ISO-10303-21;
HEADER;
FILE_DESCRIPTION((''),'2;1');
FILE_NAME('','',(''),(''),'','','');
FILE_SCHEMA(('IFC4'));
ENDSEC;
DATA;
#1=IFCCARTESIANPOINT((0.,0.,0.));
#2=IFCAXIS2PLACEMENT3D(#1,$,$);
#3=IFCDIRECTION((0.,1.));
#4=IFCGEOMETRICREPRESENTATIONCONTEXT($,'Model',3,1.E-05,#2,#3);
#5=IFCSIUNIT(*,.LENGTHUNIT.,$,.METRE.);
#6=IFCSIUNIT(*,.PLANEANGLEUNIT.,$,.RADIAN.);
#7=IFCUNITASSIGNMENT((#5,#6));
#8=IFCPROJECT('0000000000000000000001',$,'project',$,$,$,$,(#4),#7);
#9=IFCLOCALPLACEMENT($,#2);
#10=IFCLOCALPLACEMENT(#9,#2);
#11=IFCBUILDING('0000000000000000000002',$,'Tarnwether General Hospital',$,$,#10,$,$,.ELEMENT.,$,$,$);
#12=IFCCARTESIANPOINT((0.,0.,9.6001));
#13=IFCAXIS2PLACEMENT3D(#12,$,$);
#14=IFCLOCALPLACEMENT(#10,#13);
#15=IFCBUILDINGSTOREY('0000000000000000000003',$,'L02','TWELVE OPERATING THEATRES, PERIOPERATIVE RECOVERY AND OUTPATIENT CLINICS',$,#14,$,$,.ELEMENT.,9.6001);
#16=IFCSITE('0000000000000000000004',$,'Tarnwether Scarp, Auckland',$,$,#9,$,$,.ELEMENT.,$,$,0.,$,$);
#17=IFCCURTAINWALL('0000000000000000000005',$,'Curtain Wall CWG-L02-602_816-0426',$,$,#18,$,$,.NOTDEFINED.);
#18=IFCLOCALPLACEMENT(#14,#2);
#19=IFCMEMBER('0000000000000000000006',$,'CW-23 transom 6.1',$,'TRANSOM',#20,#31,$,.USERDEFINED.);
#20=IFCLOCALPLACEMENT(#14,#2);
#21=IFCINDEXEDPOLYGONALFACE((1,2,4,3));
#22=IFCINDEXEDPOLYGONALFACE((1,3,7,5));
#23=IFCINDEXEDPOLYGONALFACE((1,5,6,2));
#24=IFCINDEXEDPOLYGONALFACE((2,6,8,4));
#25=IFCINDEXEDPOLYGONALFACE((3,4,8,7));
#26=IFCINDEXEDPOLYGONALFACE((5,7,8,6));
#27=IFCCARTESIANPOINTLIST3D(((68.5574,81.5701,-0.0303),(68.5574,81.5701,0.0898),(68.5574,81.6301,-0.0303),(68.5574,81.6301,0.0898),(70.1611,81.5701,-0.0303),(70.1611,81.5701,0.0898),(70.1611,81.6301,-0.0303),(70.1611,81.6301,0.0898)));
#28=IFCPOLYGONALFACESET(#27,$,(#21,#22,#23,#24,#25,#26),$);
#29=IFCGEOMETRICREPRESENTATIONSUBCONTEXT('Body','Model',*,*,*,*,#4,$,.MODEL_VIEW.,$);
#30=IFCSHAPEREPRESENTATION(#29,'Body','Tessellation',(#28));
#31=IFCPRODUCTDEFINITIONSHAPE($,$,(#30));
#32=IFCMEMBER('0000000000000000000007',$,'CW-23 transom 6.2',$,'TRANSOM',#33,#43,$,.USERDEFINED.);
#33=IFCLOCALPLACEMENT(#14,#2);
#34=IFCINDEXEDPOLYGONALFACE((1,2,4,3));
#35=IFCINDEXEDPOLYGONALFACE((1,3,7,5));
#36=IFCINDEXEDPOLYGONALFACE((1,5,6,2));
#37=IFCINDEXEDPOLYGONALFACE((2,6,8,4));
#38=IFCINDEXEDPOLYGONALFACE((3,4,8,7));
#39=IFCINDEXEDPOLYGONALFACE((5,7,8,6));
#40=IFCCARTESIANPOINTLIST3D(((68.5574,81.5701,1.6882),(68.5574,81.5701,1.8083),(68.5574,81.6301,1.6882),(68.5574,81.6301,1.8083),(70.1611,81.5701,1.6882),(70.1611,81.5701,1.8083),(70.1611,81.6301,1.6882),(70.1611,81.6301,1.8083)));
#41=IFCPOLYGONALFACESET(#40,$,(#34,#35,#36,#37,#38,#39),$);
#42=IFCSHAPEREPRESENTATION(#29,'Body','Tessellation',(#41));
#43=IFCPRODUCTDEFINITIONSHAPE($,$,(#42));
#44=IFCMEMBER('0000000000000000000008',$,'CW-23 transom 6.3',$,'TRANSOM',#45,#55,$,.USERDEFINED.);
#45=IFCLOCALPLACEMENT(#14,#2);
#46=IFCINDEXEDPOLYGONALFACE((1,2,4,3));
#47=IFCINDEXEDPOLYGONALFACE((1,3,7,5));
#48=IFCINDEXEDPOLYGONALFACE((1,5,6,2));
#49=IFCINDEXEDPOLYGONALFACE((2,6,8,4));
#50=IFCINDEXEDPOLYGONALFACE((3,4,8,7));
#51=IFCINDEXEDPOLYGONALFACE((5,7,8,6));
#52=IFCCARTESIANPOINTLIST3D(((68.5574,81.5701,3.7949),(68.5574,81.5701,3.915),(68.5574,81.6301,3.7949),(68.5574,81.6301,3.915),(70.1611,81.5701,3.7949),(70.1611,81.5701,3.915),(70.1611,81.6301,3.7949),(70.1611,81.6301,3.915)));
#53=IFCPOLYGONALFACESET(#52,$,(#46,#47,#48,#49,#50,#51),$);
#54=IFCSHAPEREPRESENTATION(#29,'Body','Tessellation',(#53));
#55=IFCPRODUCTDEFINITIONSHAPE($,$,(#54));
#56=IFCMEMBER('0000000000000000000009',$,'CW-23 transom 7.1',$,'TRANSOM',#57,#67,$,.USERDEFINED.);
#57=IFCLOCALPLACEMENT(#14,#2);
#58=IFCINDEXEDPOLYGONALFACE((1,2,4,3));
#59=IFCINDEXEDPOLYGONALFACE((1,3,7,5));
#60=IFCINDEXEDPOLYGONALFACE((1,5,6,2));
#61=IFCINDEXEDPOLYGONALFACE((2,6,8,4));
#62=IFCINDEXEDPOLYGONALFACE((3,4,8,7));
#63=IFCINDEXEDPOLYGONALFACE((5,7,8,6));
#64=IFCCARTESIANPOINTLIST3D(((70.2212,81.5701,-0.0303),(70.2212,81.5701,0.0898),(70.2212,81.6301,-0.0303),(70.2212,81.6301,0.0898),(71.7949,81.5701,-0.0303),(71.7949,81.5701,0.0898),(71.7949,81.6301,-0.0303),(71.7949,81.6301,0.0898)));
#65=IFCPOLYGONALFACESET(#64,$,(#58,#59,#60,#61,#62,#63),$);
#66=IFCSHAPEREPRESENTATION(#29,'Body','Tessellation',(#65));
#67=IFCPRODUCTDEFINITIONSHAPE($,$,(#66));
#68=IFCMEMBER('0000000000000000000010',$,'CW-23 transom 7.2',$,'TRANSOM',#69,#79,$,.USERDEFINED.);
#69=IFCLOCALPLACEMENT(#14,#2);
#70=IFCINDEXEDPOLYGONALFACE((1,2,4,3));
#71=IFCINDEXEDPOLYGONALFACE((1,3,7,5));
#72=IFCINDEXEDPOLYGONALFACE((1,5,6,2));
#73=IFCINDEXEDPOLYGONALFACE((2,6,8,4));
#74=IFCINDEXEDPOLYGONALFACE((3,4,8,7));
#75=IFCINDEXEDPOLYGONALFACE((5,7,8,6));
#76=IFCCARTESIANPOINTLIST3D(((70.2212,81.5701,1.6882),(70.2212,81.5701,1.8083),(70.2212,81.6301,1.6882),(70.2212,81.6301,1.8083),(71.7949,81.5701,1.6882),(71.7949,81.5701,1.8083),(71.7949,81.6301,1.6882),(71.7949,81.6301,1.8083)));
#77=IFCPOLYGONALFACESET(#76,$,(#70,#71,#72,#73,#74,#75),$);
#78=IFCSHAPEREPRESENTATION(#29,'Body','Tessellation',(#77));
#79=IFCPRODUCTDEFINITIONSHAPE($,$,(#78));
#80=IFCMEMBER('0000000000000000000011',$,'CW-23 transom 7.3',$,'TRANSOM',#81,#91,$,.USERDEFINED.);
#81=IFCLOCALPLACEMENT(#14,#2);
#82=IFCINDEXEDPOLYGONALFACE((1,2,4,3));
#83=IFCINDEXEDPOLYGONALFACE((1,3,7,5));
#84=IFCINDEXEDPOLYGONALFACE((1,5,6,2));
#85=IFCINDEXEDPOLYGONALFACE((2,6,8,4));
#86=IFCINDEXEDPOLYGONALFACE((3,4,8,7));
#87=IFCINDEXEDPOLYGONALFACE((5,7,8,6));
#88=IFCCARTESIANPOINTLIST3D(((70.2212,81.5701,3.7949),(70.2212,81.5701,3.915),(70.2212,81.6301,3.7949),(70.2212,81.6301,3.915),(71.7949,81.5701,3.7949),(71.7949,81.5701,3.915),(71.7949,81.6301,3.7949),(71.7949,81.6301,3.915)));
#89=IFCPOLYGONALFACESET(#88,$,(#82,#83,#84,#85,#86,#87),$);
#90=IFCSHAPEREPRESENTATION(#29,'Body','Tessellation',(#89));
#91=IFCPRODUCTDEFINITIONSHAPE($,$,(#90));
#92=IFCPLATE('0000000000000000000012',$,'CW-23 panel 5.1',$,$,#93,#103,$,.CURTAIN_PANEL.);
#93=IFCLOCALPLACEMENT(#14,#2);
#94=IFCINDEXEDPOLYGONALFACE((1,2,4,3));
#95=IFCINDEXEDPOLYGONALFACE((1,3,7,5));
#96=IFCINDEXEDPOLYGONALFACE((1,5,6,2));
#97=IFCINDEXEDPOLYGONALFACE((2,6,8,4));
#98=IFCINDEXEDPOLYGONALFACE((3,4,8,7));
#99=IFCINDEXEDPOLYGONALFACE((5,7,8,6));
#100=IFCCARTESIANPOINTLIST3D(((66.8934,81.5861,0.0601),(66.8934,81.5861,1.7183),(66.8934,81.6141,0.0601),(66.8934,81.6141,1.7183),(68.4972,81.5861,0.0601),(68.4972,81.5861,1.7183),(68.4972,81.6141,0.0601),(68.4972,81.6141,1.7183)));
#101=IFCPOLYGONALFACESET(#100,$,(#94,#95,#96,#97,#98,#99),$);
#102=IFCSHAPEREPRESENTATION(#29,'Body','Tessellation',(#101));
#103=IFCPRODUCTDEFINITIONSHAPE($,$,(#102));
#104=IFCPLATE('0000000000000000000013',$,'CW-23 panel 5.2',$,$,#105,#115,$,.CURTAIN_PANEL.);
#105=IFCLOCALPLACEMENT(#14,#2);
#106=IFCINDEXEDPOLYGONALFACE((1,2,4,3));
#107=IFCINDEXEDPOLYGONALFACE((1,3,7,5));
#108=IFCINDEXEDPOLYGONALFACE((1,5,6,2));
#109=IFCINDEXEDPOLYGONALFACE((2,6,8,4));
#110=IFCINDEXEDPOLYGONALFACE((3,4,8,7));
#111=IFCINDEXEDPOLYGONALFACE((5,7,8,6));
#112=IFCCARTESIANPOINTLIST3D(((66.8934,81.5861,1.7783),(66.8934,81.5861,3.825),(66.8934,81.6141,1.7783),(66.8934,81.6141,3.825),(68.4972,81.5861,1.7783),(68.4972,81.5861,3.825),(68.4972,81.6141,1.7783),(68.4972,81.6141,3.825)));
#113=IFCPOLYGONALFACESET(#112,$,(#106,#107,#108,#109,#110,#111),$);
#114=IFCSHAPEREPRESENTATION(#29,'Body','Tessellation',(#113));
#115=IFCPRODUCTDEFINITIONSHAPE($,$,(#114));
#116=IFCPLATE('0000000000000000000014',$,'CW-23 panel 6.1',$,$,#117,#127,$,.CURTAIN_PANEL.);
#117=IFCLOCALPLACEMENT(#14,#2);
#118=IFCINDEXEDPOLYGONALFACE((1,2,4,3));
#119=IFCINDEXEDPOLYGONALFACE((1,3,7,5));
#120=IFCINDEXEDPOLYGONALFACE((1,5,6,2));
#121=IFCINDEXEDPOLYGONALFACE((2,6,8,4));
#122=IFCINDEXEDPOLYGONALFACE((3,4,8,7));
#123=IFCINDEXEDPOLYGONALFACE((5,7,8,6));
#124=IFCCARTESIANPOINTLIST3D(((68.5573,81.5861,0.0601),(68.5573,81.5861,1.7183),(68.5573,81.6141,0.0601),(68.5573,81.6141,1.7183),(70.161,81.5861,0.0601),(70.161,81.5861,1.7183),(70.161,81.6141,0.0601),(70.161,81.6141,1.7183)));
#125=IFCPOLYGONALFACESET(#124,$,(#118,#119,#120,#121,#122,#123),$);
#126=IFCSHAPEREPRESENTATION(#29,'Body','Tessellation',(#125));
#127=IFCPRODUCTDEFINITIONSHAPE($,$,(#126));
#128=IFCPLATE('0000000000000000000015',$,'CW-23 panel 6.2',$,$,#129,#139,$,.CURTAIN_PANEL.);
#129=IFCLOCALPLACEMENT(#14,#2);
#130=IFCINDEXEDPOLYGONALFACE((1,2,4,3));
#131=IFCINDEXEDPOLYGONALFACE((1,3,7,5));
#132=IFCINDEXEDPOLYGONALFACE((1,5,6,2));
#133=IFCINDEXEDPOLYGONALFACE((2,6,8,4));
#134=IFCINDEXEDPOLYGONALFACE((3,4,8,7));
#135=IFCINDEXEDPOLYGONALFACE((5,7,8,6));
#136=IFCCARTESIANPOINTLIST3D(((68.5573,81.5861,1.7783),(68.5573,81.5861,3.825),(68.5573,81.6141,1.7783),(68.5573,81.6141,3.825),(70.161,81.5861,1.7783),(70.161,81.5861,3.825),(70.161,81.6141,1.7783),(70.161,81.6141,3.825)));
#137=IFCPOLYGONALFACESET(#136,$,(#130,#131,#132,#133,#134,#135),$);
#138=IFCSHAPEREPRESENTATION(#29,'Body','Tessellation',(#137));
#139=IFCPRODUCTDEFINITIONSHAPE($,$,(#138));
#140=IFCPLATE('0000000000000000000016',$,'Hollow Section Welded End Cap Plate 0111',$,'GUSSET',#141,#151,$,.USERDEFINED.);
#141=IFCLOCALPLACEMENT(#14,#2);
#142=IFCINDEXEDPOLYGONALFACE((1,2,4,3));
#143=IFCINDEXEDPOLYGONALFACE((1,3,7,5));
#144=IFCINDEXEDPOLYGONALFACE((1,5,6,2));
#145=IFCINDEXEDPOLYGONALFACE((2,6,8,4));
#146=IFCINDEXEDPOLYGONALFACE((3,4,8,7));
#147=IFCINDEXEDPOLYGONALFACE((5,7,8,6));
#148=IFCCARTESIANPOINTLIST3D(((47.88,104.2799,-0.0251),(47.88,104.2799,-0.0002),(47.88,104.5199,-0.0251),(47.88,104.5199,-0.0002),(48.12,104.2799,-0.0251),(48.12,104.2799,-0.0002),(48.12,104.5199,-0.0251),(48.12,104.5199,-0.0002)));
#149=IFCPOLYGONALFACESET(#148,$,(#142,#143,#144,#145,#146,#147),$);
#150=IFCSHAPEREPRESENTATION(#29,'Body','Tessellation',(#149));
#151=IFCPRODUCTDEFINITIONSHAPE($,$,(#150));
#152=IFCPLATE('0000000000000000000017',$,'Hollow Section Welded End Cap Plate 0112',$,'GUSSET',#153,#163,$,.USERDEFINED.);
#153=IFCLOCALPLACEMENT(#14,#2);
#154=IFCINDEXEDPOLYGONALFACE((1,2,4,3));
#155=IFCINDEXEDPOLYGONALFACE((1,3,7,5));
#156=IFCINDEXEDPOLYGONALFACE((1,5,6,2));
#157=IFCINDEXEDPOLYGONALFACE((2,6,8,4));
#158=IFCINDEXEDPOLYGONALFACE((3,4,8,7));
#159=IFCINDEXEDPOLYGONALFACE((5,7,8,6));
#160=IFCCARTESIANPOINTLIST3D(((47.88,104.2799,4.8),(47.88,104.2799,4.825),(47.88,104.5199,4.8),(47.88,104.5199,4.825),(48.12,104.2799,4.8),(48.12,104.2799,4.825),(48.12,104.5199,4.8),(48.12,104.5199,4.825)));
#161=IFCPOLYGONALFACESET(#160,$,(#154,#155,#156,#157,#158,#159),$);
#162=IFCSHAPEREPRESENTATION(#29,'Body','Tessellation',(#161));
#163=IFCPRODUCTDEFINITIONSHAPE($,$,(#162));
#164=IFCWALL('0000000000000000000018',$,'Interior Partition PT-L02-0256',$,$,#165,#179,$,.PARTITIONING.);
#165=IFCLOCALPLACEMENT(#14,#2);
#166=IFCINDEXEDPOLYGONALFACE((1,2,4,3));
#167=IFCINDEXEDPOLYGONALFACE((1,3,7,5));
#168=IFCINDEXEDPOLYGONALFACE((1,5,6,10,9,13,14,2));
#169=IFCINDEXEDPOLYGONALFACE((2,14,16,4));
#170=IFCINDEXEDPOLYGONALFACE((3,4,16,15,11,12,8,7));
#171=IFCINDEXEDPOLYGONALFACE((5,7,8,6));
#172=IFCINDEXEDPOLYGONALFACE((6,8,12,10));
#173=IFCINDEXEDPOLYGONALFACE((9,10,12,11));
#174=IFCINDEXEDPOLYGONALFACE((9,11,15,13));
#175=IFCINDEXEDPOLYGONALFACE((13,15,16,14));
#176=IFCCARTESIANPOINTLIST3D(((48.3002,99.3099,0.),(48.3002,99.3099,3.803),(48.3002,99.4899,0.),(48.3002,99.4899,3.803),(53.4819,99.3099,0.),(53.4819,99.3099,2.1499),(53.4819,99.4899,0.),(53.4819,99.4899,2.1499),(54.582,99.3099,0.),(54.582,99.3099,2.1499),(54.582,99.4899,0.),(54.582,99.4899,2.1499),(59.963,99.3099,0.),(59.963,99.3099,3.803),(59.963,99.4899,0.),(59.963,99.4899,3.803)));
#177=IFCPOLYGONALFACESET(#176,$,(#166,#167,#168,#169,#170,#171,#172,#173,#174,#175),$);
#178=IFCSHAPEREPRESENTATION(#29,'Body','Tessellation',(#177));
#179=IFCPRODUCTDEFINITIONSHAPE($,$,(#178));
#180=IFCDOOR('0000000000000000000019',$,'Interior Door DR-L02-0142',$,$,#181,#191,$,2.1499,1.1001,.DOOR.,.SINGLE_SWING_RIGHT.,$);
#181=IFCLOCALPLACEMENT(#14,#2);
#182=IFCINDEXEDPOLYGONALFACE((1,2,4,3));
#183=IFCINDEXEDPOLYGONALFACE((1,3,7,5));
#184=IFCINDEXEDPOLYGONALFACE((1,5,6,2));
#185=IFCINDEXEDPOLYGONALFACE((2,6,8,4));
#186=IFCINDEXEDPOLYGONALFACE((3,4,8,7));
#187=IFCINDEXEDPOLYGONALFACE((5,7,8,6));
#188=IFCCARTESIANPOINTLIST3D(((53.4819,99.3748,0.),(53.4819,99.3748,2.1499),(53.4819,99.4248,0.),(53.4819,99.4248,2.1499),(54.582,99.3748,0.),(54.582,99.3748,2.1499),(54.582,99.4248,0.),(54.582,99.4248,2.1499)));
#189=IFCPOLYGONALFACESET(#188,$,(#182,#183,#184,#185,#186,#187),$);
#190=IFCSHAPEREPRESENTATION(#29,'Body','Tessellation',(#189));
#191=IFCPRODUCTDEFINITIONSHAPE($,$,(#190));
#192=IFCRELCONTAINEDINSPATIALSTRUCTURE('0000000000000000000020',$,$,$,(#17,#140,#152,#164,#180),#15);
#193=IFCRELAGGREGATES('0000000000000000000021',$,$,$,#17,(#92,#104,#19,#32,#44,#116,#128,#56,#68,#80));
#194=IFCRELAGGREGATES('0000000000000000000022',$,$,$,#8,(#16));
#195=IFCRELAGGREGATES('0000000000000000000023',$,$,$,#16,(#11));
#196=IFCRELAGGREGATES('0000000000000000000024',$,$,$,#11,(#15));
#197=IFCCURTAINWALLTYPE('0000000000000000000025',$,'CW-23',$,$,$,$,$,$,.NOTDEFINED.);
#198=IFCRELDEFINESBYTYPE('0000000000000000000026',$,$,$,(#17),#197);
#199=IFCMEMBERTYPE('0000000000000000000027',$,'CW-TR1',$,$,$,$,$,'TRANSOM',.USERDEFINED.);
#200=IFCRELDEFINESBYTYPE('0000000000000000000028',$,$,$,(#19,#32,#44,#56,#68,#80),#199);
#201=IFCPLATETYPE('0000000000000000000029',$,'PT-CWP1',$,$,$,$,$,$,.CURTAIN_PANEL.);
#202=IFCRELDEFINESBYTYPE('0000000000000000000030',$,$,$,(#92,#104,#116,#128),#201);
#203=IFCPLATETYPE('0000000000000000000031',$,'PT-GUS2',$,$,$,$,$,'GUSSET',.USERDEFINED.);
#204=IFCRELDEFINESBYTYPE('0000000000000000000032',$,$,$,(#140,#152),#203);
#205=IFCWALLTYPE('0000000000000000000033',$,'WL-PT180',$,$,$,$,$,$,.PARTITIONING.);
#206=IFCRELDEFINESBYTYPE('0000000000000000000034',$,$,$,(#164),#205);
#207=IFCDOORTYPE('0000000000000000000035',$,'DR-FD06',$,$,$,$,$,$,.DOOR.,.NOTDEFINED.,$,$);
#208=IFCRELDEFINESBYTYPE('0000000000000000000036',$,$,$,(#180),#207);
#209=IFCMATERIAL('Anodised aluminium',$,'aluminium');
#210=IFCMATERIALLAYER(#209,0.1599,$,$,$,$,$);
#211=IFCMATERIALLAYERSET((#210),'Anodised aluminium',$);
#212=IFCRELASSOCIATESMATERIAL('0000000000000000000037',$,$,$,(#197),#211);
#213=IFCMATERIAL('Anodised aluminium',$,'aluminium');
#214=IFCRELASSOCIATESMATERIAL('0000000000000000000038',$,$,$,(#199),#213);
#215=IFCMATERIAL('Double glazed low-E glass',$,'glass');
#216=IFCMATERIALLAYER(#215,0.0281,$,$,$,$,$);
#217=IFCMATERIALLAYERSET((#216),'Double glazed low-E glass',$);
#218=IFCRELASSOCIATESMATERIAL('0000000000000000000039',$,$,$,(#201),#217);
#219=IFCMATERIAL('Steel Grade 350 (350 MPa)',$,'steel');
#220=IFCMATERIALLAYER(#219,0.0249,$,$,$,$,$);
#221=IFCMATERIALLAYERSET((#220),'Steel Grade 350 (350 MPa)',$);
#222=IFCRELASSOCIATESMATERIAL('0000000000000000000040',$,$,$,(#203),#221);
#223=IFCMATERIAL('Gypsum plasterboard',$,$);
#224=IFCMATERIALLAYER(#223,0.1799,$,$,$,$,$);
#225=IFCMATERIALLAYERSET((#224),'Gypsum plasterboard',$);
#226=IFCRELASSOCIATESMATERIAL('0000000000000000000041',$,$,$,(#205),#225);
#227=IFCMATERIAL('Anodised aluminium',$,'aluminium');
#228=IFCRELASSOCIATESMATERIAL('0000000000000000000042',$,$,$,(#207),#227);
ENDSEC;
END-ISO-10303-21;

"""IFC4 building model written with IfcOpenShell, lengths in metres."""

from ifc_helpers import new_model, si_unit, direction, frame, frame_2d, origin, origin_2d, place, context, subcontext, project, spatial, rectangle, extrude, material, layer, layer_set, material_profile, profile_set, type_object, element, fill, aggregate, save


model = new_model("IFC4")

# Units and contexts
model_context = context("Model", 3, precision=1e-05, world=origin(), true_north=direction((0.0, 1.0)))
body_context = subcontext(model_context, "Body", "Model", "MODEL_VIEW")
ifc_project = project(units=[si_unit("LENGTHUNIT", "METRE"), si_unit("PLANEANGLEUNIT", "RADIAN")], contexts=[model_context])

# Site, building, storey
site_placement = place(None, origin())
site = spatial("IfcSite", under=ifc_project, at=site_placement, Name="Tarnwether Scarp, Auckland", CompositionType="ELEMENT", RefElevation=0.0)
building_placement = place(site_placement, origin())
building = spatial("IfcBuilding", under=site, at=building_placement, Name="Tarnwether General Hospital", CompositionType="ELEMENT")
storey_placement = place(building_placement, frame((0.0, 0.0, 9.6001)))
storey = spatial("IfcBuildingStorey", under=building, at=storey_placement, Name="L02", Description="TWELVE OPERATING THEATRES, PERIOPERATIVE RECOVERY AND OUTPATIENT CLINICS", CompositionType="ELEMENT", Elevation=9.6001)

# Curtain wall, members, plates
ifc_material_1 = material(Name="Anodised aluminium", Category="aluminium")
ifc_layer_1 = layer(ifc_material_1, 0.1599)
ifc_layer_set_1 = layer_set([ifc_layer_1], Name="Anodised aluminium")
curtain_wall_type = type_object("IfcCurtainWallType", Name="CW-23", PredefinedType="NOTDEFINED", material=ifc_layer_set_1)
curtain_wall_placement = place(storey_placement, origin())
curtain_wall = element("IfcCurtainWall", 1, at=curtain_wall_placement, inside=storey, type_object=curtain_wall_type, Name="Curtain Wall CWG-L02-602_816-0426", PredefinedType="NOTDEFINED")
ifc_material_2 = material(Name="Anodised aluminium", Category="aluminium")
ifc_material_profile_1 = material_profile(ifc_material_2, rectangle(XDim=0.0601, YDim=0.1201, at=origin_2d()), Name="ALU-TRN-60x120")
ifc_profile_set_1 = profile_set([ifc_material_profile_1], Name="Anodised aluminium")
member_type_1 = type_object("IfcMemberType", Name="CW-TR1", ElementType="TRANSOM", PredefinedType="USERDEFINED", material=ifc_profile_set_1)
member_1_placement = place(storey_placement, frame((68.5574, 81.6001, 0.0298), z_axis=(1.0, 0.0, 0.0), x_axis=(0.0, 1.0, 0.0)))
member_1 = element("IfcMember", 2, at=member_1_placement, type_object=member_type_1, Name="CW-23 transom 6.1", ObjectType="TRANSOM", PredefinedType="USERDEFINED", context=body_context, shape_type="SweptSolid", body=[
    extrude(rectangle(XDim=0.0601, YDim=0.1201, at=origin_2d()), origin(), (0.0, 0.0, 1.0), 1.6038),
])
member_2_placement = place(storey_placement, frame((68.5574, 81.6001, 1.7483), z_axis=(1.0, 0.0, 0.0), x_axis=(0.0, 1.0, 0.0)))
member_2 = element("IfcMember", 3, at=member_2_placement, type_object=member_type_1, Name="CW-23 transom 6.2", ObjectType="TRANSOM", PredefinedType="USERDEFINED", context=body_context, shape_type="SweptSolid", body=[
    extrude(rectangle(XDim=0.0601, YDim=0.1201, at=origin_2d()), origin(), (0.0, 0.0, 1.0), 1.6038),
])
member_3_placement = place(storey_placement, frame((68.5574, 81.6001, 3.855), z_axis=(1.0, 0.0, 0.0), x_axis=(0.0, 1.0, 0.0)))
member_3 = element("IfcMember", 4, at=member_3_placement, type_object=member_type_1, Name="CW-23 transom 6.3", ObjectType="TRANSOM", PredefinedType="USERDEFINED", context=body_context, shape_type="SweptSolid", body=[
    extrude(rectangle(XDim=0.0601, YDim=0.1201, at=origin_2d()), origin(), (0.0, 0.0, 1.0), 1.6038),
])
member_4_placement = place(storey_placement, frame((70.2212, 81.6001, 0.0298), z_axis=(1.0, 0.0, 0.0), x_axis=(0.0, 1.0, 0.0)))
member_4 = element("IfcMember", 5, at=member_4_placement, type_object=member_type_1, Name="CW-23 transom 7.1", ObjectType="TRANSOM", PredefinedType="USERDEFINED", context=body_context, shape_type="SweptSolid", body=[
    extrude(rectangle(XDim=0.0601, YDim=0.1201, at=origin_2d()), origin(), (0.0, 0.0, 1.0), 1.5737),
])
member_5_placement = place(storey_placement, frame((70.2212, 81.6001, 1.7483), z_axis=(1.0, 0.0, 0.0), x_axis=(0.0, 1.0, 0.0)))
member_5 = element("IfcMember", 6, at=member_5_placement, type_object=member_type_1, Name="CW-23 transom 7.2", ObjectType="TRANSOM", PredefinedType="USERDEFINED", context=body_context, shape_type="SweptSolid", body=[
    extrude(rectangle(XDim=0.0601, YDim=0.1201, at=origin_2d()), origin(), (0.0, 0.0, 1.0), 1.5737),
])
member_6_placement = place(storey_placement, frame((70.2212, 81.6001, 3.855), z_axis=(1.0, 0.0, 0.0), x_axis=(0.0, 1.0, 0.0)))
member_6 = element("IfcMember", 7, at=member_6_placement, type_object=member_type_1, Name="CW-23 transom 7.3", ObjectType="TRANSOM", PredefinedType="USERDEFINED", context=body_context, shape_type="SweptSolid", body=[
    extrude(rectangle(XDim=0.0601, YDim=0.1201, at=origin_2d()), origin(), (0.0, 0.0, 1.0), 1.5737),
])
ifc_material_3 = material(Name="Double glazed low-E glass", Category="glass")
ifc_layer_2 = layer(ifc_material_3, 0.0281)
ifc_layer_set_2 = layer_set([ifc_layer_2], Name="Double glazed low-E glass")
plate_type_1 = type_object("IfcPlateType", Name="PT-CWP1", PredefinedType="CURTAIN_PANEL", material=ifc_layer_set_2)
plate_1_placement = place(storey_placement, frame((67.6953, 81.6001, 0.0601), z_axis=(0.0, 0.0, 1.0), x_axis=(1.0, 0.0, 0.0)))
plate_1 = element("IfcPlate", 8, at=plate_1_placement, type_object=plate_type_1, Name="CW-23 panel 5.1", PredefinedType="CURTAIN_PANEL", context=body_context, shape_type="SweptSolid", body=[
    extrude(rectangle(XDim=1.6038, YDim=0.0281, at=origin_2d()), origin(), (0.0, 0.0, 1.0), 1.6582),
])
plate_2_placement = place(storey_placement, frame((67.6953, 81.6001, 1.7783), z_axis=(0.0, 0.0, 1.0), x_axis=(1.0, 0.0, 0.0)))
plate_2 = element("IfcPlate", 9, at=plate_2_placement, type_object=plate_type_1, Name="CW-23 panel 5.2", PredefinedType="CURTAIN_PANEL", context=body_context, shape_type="SweptSolid", body=[
    extrude(rectangle(XDim=1.6038, YDim=0.0281, at=origin_2d()), origin(), (0.0, 0.0, 1.0), 2.0466),
])
plate_3_placement = place(storey_placement, frame((69.3591, 81.6001, 0.0601), z_axis=(0.0, 0.0, 1.0), x_axis=(1.0, 0.0, 0.0)))
plate_3 = element("IfcPlate", 10, at=plate_3_placement, type_object=plate_type_1, Name="CW-23 panel 6.1", PredefinedType="CURTAIN_PANEL", context=body_context, shape_type="SweptSolid", body=[
    extrude(rectangle(XDim=1.6038, YDim=0.0281, at=origin_2d()), origin(), (0.0, 0.0, 1.0), 1.6582),
])
plate_4_placement = place(storey_placement, frame((69.3591, 81.6001, 1.7783), z_axis=(0.0, 0.0, 1.0), x_axis=(1.0, 0.0, 0.0)))
plate_4 = element("IfcPlate", 11, at=plate_4_placement, type_object=plate_type_1, Name="CW-23 panel 6.2", PredefinedType="CURTAIN_PANEL", context=body_context, shape_type="SweptSolid", body=[
    extrude(rectangle(XDim=1.6038, YDim=0.0281, at=origin_2d()), origin(), (0.0, 0.0, 1.0), 2.0466),
])
aggregate(curtain_wall, [plate_1, plate_2, member_1, member_2, member_3, plate_3, plate_4, member_4, member_5, member_6])

# Plates
ifc_material_4 = material(Name="Steel Grade 350 (350 MPa)", Category="steel")
ifc_layer_3 = layer(ifc_material_4, 0.0249)
ifc_layer_set_3 = layer_set([ifc_layer_3], Name="Steel Grade 350 (350 MPa)")
plate_type_2 = type_object("IfcPlateType", Name="PT-GUS2", ElementType="GUSSET", PredefinedType="USERDEFINED", material=ifc_layer_set_3)
for number, where, z_axis, x_axis, name in (
    (12, (48.0, 104.3999, -0.0251), (0.0, 0.0, 1.0), (1.0, 0.0, 0.0), "Hollow Section Welded End Cap Plate 0111"),
    (13, (48.0, 104.3999, 4.8), (0.0, 0.0, 1.0), (1.0, 0.0, 0.0), "Hollow Section Welded End Cap Plate 0112"),
):
    element("IfcPlate", number, at=place(storey_placement, frame(where, z_axis=z_axis, x_axis=x_axis)), inside=storey, type_object=plate_type_2, Name=name, ObjectType="GUSSET", PredefinedType="USERDEFINED", context=body_context, shape_type="SweptSolid", body=[
        extrude(rectangle(XDim=0.24, YDim=0.24, at=origin_2d()), origin(), (0.0, 0.0, 1.0), 0.0249),
    ])

# Wall, opening, door
ifc_material_5 = material(Name="Gypsum plasterboard")
ifc_layer_4 = layer(ifc_material_5, 0.1799)
ifc_layer_set_4 = layer_set([ifc_layer_4], Name="Gypsum plasterboard")
wall_type_1 = type_object("IfcWallType", Name="WL-PT180", PredefinedType="PARTITIONING", material=ifc_layer_set_4)
wall_1_placement = place(storey_placement, frame((48.3, 99.3999, 0.0), z_axis=(0.0, 0.0, 1.0), x_axis=(1.0, 0.0, 0.0)))
wall_1 = element("IfcWall", 14, at=wall_1_placement, inside=storey, type_object=wall_type_1, Name="Interior Partition PT-L02-0256", PredefinedType="PARTITIONING", context=body_context, shape_type="SweptSolid", body=[
    extrude(rectangle(XDim=11.6628, YDim=0.1799, at=frame_2d((5.8315, 0.0))), origin(), (0.0, 0.0, 1.0), 3.803),
])
opening_1_placement = place(wall_1_placement, frame((5.1819, 0.0, 0.0)))
opening_1 = element("IfcOpeningElement", 15, at=opening_1_placement, cuts=wall_1, PredefinedType="OPENING", context=body_context, shape_type="SweptSolid", body=[
    extrude(rectangle(XDim=1.1001, YDim=2.1499, at=frame_2d((0.55, 1.075))), frame((0.0, 0.1001, 0.0), z_axis=(0.0, -1.0, 0.0), x_axis=(1.0, 0.0, 0.0)), (0.0, 0.0, 1.0), 0.2),
])
ifc_material_6 = material(Name="Anodised aluminium", Category="aluminium")
door_type_1 = type_object("IfcDoorType", Name="DR-FD06", OperationType="NOTDEFINED", PredefinedType="DOOR", material=ifc_material_6)
door_1_placement = place(opening_1_placement, origin())
door_1 = element("IfcDoor", 16, at=door_1_placement, inside=storey, type_object=door_type_1, Name="Interior Door DR-L02-0142", OperationType="SINGLE_SWING_RIGHT", OverallHeight=2.1499, OverallWidth=1.1001, PredefinedType="DOOR", context=body_context, shape_type="SweptSolid", body=[
    extrude(rectangle(XDim=1.1001, YDim=2.1499, at=frame_2d((0.55, 1.075))), frame((0.0, 0.0249, 0.0), z_axis=(0.0, -1.0, 0.0), x_axis=(1.0, 0.0, 0.0)), (0.0, 0.0, 1.0), 0.05),
])
fill(opening_1, door_1)

save(model, "model.ifc")
